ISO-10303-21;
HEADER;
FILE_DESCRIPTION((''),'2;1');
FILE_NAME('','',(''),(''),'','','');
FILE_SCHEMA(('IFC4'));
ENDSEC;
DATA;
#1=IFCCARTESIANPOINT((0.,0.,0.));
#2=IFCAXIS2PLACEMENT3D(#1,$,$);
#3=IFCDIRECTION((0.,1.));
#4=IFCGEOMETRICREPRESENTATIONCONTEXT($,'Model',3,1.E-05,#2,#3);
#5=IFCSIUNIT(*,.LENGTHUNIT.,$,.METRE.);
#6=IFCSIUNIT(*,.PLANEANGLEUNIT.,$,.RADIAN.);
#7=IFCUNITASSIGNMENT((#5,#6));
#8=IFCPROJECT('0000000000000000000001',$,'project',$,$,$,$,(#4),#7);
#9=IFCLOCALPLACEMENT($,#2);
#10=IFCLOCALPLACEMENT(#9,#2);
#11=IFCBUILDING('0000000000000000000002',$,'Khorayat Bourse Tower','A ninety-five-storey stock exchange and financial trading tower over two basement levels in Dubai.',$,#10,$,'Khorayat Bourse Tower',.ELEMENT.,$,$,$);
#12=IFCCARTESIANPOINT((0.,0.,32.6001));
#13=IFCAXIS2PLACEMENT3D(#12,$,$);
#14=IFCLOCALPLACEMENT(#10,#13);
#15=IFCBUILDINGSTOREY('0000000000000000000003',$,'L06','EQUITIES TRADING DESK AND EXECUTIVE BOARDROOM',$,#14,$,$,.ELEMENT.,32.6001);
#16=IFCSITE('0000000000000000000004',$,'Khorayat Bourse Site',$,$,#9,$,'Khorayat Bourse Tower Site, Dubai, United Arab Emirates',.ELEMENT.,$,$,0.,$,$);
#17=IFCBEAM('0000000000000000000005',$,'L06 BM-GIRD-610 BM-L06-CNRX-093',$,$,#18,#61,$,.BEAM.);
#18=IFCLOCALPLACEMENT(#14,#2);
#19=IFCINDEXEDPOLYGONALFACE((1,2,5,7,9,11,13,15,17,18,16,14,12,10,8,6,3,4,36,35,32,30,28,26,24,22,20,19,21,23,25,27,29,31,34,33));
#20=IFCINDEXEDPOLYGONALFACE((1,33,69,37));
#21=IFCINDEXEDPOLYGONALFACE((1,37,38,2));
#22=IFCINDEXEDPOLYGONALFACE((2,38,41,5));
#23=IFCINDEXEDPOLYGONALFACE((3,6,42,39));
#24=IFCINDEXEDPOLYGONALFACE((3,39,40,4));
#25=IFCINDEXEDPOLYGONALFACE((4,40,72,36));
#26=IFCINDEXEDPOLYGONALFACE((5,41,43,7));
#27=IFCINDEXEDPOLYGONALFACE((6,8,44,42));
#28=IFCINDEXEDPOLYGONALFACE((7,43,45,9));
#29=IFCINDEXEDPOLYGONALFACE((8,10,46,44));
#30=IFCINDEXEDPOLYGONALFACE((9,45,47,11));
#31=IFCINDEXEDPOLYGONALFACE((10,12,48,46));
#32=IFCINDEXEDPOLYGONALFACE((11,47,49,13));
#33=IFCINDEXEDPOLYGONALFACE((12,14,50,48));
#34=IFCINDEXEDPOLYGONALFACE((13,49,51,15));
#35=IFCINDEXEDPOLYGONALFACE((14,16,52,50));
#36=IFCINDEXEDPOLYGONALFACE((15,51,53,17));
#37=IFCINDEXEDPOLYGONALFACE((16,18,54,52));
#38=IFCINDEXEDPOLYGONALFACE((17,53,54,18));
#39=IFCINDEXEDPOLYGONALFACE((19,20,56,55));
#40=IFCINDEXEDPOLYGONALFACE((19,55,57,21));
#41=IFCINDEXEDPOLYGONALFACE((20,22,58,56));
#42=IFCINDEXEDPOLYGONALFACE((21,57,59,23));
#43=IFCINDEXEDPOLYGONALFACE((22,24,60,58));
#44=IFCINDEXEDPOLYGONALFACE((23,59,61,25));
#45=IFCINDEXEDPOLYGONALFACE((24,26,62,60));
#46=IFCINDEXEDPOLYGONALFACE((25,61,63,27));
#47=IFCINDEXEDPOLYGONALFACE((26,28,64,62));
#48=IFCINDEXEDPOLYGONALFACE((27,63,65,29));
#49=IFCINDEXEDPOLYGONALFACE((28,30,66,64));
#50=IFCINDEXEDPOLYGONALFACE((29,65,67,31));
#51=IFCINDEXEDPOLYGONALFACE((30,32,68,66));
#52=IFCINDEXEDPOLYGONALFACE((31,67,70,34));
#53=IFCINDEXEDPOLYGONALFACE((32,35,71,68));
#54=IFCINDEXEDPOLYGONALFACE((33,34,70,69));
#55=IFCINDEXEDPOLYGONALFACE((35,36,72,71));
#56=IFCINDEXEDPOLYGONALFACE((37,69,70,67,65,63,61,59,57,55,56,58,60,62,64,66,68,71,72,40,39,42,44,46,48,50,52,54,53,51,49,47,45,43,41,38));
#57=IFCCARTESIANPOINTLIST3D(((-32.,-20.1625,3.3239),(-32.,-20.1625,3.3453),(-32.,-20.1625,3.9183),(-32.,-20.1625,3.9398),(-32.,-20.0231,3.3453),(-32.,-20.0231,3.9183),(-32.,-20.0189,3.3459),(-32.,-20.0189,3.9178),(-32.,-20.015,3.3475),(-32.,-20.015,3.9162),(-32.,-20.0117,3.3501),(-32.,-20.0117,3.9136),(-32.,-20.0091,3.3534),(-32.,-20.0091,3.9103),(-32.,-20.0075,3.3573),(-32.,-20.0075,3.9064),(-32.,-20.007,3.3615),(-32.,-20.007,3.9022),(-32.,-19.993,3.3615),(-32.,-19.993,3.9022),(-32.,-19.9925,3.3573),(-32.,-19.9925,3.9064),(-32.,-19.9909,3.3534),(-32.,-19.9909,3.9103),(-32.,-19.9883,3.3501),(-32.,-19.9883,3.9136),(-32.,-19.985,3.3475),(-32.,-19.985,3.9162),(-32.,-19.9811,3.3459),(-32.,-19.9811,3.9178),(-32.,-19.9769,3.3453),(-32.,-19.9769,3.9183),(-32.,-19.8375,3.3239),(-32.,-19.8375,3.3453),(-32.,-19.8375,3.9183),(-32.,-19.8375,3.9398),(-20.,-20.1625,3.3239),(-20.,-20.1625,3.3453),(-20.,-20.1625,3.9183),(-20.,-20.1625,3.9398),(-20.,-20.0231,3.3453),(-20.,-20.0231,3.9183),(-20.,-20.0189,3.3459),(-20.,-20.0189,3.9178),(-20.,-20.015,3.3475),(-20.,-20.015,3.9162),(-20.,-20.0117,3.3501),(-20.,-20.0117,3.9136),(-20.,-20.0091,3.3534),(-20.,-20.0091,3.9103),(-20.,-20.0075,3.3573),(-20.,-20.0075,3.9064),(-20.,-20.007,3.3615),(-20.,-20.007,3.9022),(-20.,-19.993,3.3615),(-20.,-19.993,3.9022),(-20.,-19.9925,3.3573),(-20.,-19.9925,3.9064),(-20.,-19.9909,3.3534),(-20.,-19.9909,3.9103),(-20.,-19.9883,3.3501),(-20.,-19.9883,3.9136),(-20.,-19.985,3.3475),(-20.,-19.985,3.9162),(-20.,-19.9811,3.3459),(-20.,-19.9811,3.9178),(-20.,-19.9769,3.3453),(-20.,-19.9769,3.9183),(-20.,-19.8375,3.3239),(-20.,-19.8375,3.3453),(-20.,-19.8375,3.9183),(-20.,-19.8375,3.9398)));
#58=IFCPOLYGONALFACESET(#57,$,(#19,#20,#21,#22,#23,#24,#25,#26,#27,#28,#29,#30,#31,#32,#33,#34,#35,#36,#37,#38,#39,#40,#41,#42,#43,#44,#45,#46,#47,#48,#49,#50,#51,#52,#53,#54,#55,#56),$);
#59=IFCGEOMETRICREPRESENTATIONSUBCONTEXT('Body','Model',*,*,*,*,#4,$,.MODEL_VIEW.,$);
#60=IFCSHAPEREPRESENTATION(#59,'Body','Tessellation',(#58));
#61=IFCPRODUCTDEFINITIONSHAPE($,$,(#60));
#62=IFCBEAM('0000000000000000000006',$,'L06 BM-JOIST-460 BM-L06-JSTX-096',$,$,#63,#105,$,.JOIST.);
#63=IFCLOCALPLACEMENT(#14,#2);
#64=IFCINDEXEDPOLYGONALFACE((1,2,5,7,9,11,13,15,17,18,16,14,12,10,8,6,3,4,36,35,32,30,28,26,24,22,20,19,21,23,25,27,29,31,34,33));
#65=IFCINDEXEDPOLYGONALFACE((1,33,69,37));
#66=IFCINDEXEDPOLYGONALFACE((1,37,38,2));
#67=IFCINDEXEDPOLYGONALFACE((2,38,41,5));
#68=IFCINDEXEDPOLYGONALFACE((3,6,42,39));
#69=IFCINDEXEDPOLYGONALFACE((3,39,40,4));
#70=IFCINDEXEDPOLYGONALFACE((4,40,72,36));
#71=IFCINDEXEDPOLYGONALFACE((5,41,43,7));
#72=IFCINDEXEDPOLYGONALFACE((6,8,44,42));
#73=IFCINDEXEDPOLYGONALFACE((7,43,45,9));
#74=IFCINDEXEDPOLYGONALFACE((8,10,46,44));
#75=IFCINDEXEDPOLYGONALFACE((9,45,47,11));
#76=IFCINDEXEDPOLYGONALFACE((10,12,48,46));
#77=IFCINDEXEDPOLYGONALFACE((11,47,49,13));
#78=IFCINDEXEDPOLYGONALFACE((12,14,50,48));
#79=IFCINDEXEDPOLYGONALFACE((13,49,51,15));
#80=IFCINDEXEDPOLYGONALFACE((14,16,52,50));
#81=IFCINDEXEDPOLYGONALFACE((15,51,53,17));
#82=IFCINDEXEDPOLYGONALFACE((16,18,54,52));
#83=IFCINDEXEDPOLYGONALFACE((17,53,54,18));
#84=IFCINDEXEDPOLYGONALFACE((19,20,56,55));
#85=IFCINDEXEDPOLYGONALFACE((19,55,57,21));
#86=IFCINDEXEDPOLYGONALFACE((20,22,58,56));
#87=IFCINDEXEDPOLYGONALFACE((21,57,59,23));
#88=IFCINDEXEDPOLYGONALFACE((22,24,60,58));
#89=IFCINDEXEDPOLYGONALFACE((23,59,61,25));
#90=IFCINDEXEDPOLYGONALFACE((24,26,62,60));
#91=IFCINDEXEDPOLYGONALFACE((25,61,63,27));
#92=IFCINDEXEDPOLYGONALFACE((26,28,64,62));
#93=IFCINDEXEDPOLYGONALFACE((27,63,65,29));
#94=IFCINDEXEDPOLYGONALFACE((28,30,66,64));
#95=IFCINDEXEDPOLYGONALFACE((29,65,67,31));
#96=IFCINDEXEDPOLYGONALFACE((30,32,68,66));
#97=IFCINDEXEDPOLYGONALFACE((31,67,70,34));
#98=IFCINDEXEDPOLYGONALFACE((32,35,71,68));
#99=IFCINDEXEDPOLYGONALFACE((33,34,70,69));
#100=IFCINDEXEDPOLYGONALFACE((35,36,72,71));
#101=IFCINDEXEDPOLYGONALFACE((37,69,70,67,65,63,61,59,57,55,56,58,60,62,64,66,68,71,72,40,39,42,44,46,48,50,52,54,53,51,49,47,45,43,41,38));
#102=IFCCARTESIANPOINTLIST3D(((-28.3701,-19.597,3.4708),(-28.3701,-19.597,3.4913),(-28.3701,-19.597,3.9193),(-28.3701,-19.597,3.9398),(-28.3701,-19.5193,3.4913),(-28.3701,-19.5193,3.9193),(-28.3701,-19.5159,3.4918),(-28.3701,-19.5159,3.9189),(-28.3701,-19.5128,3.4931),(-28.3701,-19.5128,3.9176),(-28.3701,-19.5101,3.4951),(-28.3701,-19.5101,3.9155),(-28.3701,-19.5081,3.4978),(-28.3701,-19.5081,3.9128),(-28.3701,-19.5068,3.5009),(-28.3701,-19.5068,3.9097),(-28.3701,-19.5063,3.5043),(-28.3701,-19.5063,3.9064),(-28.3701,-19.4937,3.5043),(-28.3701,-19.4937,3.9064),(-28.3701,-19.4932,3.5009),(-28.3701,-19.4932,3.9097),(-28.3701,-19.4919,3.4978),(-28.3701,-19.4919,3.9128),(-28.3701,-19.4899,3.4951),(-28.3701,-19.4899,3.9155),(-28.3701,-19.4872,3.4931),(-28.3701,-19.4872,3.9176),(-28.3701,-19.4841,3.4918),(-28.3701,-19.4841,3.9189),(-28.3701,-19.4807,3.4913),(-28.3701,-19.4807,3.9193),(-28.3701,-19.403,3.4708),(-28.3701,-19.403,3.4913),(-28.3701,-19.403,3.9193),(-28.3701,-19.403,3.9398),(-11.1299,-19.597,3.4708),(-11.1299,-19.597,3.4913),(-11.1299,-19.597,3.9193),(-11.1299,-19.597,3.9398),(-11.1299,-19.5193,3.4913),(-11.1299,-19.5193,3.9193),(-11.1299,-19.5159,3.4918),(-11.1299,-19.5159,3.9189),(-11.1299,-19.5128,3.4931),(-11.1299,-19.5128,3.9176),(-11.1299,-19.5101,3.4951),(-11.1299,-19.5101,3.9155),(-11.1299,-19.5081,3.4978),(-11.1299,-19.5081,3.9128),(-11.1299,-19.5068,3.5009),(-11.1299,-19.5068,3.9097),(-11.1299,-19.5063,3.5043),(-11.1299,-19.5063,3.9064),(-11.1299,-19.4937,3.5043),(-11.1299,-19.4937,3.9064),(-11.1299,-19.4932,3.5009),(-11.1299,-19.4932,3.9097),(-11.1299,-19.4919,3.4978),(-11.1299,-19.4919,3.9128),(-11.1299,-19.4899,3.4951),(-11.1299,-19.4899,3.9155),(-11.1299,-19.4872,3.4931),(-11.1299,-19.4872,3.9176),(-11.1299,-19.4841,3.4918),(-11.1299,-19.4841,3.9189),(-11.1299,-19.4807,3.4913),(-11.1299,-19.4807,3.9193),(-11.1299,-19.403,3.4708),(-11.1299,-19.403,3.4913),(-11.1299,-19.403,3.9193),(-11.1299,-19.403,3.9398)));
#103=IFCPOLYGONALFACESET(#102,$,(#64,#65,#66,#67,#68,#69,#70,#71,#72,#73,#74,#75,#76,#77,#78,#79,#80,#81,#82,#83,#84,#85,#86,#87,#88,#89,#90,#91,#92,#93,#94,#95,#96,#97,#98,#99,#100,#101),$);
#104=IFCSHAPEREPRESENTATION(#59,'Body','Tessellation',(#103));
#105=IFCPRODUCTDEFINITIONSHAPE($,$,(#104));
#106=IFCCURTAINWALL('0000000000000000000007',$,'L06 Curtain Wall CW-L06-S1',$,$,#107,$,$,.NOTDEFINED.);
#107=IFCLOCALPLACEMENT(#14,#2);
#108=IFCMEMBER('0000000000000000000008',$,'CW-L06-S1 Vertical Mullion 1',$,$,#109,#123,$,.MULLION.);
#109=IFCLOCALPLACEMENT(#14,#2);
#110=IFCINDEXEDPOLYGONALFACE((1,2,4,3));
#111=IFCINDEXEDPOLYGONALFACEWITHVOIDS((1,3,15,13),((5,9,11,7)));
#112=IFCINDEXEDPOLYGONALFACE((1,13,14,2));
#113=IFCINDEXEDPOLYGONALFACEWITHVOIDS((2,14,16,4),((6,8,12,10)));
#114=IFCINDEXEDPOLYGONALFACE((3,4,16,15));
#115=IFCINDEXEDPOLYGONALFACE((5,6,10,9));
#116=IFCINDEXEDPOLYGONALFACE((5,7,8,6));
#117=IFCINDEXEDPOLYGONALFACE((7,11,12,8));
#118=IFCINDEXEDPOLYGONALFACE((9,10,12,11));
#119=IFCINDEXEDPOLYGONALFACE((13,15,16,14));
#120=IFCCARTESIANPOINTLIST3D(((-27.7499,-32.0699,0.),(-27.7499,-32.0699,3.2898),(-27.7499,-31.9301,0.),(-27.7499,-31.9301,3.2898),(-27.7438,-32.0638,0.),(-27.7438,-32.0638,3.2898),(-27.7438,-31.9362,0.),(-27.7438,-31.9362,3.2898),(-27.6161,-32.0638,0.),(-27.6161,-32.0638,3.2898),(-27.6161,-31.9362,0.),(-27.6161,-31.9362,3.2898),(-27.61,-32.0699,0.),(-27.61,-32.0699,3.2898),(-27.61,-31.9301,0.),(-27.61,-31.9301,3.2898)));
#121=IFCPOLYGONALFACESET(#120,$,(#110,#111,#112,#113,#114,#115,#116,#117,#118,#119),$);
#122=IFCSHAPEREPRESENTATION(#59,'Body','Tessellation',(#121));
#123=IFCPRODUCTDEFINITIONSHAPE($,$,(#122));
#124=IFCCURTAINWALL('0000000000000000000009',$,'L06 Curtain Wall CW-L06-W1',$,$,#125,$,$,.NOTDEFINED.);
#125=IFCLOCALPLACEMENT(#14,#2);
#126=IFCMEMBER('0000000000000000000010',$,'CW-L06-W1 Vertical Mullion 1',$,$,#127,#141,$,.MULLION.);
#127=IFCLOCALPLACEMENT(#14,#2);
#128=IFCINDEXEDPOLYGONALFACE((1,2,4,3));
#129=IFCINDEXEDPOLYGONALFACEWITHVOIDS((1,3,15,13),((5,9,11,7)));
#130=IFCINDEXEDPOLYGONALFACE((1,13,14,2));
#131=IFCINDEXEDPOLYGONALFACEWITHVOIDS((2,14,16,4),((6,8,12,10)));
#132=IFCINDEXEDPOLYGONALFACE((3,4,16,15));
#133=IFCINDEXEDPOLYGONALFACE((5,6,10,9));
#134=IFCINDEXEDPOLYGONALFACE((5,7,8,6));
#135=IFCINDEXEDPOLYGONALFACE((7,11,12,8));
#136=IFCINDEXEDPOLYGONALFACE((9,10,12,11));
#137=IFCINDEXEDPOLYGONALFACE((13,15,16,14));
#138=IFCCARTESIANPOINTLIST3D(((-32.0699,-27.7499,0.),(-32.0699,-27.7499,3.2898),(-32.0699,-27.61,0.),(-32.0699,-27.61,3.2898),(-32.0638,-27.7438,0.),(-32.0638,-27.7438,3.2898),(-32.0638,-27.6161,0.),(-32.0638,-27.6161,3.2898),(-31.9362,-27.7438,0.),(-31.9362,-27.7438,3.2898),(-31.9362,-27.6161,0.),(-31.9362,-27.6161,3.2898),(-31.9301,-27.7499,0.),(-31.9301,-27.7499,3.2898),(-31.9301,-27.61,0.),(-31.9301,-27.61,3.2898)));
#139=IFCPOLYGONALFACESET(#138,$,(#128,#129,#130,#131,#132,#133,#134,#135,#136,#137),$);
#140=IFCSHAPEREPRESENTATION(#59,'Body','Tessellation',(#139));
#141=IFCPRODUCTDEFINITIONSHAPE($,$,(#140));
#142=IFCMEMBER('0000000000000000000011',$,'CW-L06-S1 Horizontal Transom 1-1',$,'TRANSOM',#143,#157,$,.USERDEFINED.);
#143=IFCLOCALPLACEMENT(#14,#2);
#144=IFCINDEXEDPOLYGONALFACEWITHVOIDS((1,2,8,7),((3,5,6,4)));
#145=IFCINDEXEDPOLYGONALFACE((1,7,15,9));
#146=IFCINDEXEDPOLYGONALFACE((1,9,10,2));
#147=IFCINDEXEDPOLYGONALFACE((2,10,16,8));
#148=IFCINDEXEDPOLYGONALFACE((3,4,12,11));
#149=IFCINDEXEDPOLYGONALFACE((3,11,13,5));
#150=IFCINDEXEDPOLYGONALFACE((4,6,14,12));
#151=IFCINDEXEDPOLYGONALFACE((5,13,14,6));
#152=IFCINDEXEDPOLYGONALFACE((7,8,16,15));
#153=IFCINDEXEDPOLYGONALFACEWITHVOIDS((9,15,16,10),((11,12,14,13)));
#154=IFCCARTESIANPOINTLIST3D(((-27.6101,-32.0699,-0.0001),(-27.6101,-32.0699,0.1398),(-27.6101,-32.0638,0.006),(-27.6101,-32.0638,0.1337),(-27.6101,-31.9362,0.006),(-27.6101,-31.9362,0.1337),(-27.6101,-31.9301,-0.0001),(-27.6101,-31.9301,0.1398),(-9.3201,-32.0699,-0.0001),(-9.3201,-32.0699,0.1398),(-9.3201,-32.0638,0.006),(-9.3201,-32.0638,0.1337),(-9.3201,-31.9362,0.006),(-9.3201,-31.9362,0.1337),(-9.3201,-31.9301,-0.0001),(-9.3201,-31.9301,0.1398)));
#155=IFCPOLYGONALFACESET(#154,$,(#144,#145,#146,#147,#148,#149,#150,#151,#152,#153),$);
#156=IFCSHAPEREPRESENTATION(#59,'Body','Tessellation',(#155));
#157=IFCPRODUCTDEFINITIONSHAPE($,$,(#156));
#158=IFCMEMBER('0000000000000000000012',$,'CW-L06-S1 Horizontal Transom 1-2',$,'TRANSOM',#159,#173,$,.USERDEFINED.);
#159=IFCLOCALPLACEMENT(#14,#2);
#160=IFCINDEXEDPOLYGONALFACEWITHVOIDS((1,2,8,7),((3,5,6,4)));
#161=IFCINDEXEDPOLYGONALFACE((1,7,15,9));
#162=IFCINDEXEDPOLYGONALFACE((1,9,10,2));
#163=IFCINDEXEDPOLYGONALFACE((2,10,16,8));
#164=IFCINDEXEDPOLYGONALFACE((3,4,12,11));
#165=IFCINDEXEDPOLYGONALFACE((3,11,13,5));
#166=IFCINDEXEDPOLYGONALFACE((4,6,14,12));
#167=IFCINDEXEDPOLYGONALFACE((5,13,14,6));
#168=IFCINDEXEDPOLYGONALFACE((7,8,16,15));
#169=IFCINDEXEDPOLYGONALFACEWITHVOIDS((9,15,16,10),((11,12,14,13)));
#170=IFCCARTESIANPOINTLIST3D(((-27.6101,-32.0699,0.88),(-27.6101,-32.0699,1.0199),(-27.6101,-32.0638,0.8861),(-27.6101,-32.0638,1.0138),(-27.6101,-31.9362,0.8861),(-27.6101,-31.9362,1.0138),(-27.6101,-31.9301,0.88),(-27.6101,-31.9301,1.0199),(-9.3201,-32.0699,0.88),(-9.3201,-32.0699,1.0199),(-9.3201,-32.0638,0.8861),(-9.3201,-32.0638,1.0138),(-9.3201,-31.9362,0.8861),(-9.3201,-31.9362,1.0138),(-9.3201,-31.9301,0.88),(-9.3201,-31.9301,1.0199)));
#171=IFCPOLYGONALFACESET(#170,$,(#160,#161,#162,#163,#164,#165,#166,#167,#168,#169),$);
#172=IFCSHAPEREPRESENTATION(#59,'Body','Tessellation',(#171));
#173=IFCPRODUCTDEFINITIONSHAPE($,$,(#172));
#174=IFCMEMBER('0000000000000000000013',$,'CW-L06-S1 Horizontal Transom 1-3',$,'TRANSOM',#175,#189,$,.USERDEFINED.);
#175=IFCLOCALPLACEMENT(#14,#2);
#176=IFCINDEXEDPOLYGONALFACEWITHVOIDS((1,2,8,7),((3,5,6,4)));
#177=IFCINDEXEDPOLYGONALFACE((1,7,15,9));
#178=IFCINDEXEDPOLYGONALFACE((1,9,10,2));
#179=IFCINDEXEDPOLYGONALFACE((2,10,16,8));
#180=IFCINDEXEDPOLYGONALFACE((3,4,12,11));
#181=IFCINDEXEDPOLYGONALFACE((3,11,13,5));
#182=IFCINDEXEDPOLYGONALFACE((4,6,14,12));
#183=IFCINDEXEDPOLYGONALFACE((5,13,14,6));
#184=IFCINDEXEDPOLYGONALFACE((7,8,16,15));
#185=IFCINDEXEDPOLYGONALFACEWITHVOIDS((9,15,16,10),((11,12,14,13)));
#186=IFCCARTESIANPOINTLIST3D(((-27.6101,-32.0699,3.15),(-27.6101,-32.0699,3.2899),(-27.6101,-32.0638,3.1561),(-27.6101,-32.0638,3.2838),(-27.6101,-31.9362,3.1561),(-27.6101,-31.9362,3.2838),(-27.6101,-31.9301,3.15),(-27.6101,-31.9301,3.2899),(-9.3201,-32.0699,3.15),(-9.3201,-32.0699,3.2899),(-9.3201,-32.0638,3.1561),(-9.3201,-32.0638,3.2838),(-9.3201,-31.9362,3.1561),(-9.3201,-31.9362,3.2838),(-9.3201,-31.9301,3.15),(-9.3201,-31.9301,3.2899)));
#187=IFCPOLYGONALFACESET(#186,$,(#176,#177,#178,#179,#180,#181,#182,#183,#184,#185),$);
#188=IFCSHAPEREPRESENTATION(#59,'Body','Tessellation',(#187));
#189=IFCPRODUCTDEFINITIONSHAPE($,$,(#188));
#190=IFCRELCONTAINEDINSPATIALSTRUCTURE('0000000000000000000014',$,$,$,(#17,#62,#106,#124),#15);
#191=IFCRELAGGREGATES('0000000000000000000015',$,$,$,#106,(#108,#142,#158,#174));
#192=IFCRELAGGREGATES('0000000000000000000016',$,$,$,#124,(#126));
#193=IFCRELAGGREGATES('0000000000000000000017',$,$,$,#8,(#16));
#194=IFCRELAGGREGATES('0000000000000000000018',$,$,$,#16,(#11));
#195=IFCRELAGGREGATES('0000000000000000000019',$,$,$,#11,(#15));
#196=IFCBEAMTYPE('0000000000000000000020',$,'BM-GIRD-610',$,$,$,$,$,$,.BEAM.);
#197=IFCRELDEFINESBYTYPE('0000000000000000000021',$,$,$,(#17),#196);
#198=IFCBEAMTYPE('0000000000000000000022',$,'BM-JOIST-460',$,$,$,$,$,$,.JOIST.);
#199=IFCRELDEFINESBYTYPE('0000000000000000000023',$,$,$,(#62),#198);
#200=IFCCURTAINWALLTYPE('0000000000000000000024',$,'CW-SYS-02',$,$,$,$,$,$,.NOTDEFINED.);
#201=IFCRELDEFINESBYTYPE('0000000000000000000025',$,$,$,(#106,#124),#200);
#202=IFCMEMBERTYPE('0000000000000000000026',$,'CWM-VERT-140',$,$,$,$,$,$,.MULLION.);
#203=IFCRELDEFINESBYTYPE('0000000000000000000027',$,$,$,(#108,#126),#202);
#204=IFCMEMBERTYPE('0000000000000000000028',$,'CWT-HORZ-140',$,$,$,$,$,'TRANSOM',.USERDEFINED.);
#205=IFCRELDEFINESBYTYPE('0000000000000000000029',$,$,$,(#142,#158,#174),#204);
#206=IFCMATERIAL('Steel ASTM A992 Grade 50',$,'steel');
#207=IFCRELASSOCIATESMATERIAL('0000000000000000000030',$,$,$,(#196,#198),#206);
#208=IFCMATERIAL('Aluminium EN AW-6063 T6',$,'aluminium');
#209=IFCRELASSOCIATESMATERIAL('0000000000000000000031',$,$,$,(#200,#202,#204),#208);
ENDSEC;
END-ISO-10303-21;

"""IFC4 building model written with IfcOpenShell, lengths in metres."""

from ifc_helpers import new_model, si_unit, direction, frame, origin, origin_2d, place, context, subcontext, project, spatial, hollow_rectangle, i_section, extrude, source, transform, mapped, material, material_profile, profile_set, type_object, element, aggregate, save


model = new_model("IFC4")

# Units and contexts
model_context = context("Model", 3, precision=1e-05, world=origin(), true_north=direction((0.0, 1.0)))
body_context = subcontext(model_context, "Body", "Model", "MODEL_VIEW")
ifc_project = project(units=[si_unit("LENGTHUNIT", "METRE"), si_unit("PLANEANGLEUNIT", "RADIAN")], contexts=[model_context])

# Site, building, storey
site_placement = place(None, origin())
site = spatial("IfcSite", under=ifc_project, at=site_placement, Name="Khorayat Bourse Site", LongName="Khorayat Bourse Tower Site, Dubai, United Arab Emirates", CompositionType="ELEMENT", RefElevation=0.0)
building_placement = place(site_placement, origin())
building = spatial("IfcBuilding", under=site, at=building_placement, Name="Khorayat Bourse Tower", Description="A ninety-five-storey stock exchange and financial trading tower over two basement levels in Dubai.", LongName="Khorayat Bourse Tower", CompositionType="ELEMENT")
storey_placement = place(building_placement, frame((0.0, 0.0, 32.6001)))
storey = spatial("IfcBuildingStorey", under=building, at=storey_placement, Name="L06", Description="EQUITIES TRADING DESK AND EXECUTIVE BOARDROOM", CompositionType="ELEMENT", Elevation=32.6001)

# Beams
ifc_material_1 = material(Name="Steel ASTM A992 Grade 50", Category="steel")
ifc_material_profile_1 = material_profile(ifc_material_1, i_section(OverallWidth=0.325, OverallDepth=0.616, WebThickness=0.0139, FlangeThickness=0.0215, FilletRadius=0.0161, at=origin_2d()), Name="W610X174")
ifc_profile_set_1 = profile_set([ifc_material_profile_1], Name="Steel ASTM A992 Grade 50")
beam_type_1 = type_object("IfcBeamType", Name="BM-GIRD-610", PredefinedType="BEAM", material=ifc_profile_set_1)
shared_shape_1 = source(origin(), body_context, "Body", "SweptSolid", [
    extrude(i_section(OverallWidth=0.325, OverallDepth=0.616, WebThickness=0.0139, FlangeThickness=0.0215, FilletRadius=0.0161, at=origin_2d()), origin(), (0.0, 0.0, 1.0), 12.0),
])
beam_1_placement = place(storey_placement, frame((-32.0, -20.0, 3.6318), z_axis=(1.0, 0.0, 0.0), x_axis=(0.0, 1.0, 0.0)))
element("IfcBeam", 1, at=beam_1_placement, inside=storey, type_object=beam_type_1, Name="L06 BM-GIRD-610 BM-L06-CNRX-093", PredefinedType="BEAM", context=body_context, shape_type="MappedRepresentation", body=[
    mapped(shared_shape_1, transform((0.0, 0.0, 0.0), scale=1.0)),
])
ifc_material_profile_2 = material_profile(ifc_material_1, i_section(OverallWidth=0.1941, OverallDepth=0.469, WebThickness=0.0127, FlangeThickness=0.0205, FilletRadius=0.0129, at=origin_2d()), Name="W460X106")
ifc_profile_set_2 = profile_set([ifc_material_profile_2], Name="Steel ASTM A992 Grade 50")
beam_type_2 = type_object("IfcBeamType", Name="BM-JOIST-460", PredefinedType="JOIST", material=ifc_profile_set_2)
shared_shape_2 = source(origin(), body_context, "Body", "SweptSolid", [
    extrude(i_section(OverallWidth=0.1941, OverallDepth=0.469, WebThickness=0.0127, FlangeThickness=0.0205, FilletRadius=0.0129, at=origin_2d()), origin(), (0.0, 0.0, 1.0), 17.2402),
])
beam_2_placement = place(storey_placement, frame((-28.3701, -19.5, 3.7053), z_axis=(1.0, 0.0, 0.0), x_axis=(0.0, 1.0, 0.0)))
element("IfcBeam", 2, at=beam_2_placement, inside=storey, type_object=beam_type_2, Name="L06 BM-JOIST-460 BM-L06-JSTX-096", PredefinedType="JOIST", context=body_context, shape_type="MappedRepresentation", body=[
    mapped(shared_shape_2, transform((0.0, 0.0, 0.0), scale=1.0)),
])

# Curtain walls, members
ifc_material_2 = material(Name="Aluminium EN AW-6063 T6", Category="aluminium")
curtain_wall_type = type_object("IfcCurtainWallType", Name="CW-SYS-02", PredefinedType="NOTDEFINED", material=ifc_material_2)
curtain_wall_1_placement = place(storey_placement, origin())
curtain_wall_1 = element("IfcCurtainWall", 3, at=curtain_wall_1_placement, inside=storey, type_object=curtain_wall_type, Name="L06 Curtain Wall CW-L06-S1", PredefinedType="NOTDEFINED")
ifc_material_profile_3 = material_profile(ifc_material_2, hollow_rectangle(XDim=0.1399, YDim=0.1399, WallThickness=0.0061, at=origin_2d()), Name="ALU 140x140x6")
ifc_profile_set_3 = profile_set([ifc_material_profile_3], Name="Aluminium EN AW-6063 T6")
member_type_1 = type_object("IfcMemberType", Name="CWM-VERT-140", PredefinedType="MULLION", material=ifc_profile_set_3)
shared_shape_3 = source(origin(), body_context, "Body", "SweptSolid", [
    extrude(hollow_rectangle(XDim=0.1399, YDim=0.1399, WallThickness=0.0061, at=origin_2d()), origin(), (0.0, 0.0, 1.0), 3.2898),
])
member_1_placement = place(storey_placement, frame((-27.6799, -32.0, 0.0), z_axis=(0.0, 0.0, 1.0), x_axis=(0.0, 1.0, 0.0)))
member_1 = element("IfcMember", 4, at=member_1_placement, type_object=member_type_1, Name="CW-L06-S1 Vertical Mullion 1", PredefinedType="MULLION", context=body_context, shape_type="MappedRepresentation", body=[
    mapped(shared_shape_3, transform((0.0, 0.0, 0.0), scale=1.0)),
])
curtain_wall_2_placement = place(storey_placement, origin())
curtain_wall_2 = element("IfcCurtainWall", 5, at=curtain_wall_2_placement, inside=storey, type_object=curtain_wall_type, Name="L06 Curtain Wall CW-L06-W1", PredefinedType="NOTDEFINED")
member_2_placement = place(storey_placement, frame((-32.0, -27.6799, 0.0), z_axis=(0.0, 0.0, 1.0), x_axis=(-1.0, 0.0, 0.0)))
member_2 = element("IfcMember", 6, at=member_2_placement, type_object=member_type_1, Name="CW-L06-W1 Vertical Mullion 1", PredefinedType="MULLION", context=body_context, shape_type="MappedRepresentation", body=[
    mapped(shared_shape_3, transform((0.0, 0.0, 0.0), scale=1.0)),
])

# Members
ifc_material_profile_4 = material_profile(ifc_material_2, hollow_rectangle(XDim=0.1399, YDim=0.1399, WallThickness=0.0061, at=origin_2d()), Name="ALU 140x140x6")
ifc_profile_set_4 = profile_set([ifc_material_profile_4], Name="Aluminium EN AW-6063 T6")
member_type_2 = type_object("IfcMemberType", Name="CWT-HORZ-140", ElementType="TRANSOM", PredefinedType="USERDEFINED", material=ifc_profile_set_4)
shared_shape_4 = source(origin(), body_context, "Body", "SweptSolid", [
    extrude(hollow_rectangle(XDim=0.1399, YDim=0.1399, WallThickness=0.0061, at=origin_2d()), origin(), (0.0, 0.0, 1.0), 18.29),
])
member_3_placement = place(storey_placement, frame((-27.6101, -32.0, 0.0698), z_axis=(1.0, 0.0, 0.0), x_axis=(0.0, 1.0, 0.0)))
member_3 = element("IfcMember", 7, at=member_3_placement, type_object=member_type_2, Name="CW-L06-S1 Horizontal Transom 1-1", ObjectType="TRANSOM", PredefinedType="USERDEFINED", context=body_context, shape_type="MappedRepresentation", body=[
    mapped(shared_shape_4, transform((0.0, 0.0, 0.0), scale=1.0)),
])
member_4_placement = place(storey_placement, frame((-27.6101, -32.0, 0.95), z_axis=(1.0, 0.0, 0.0), x_axis=(0.0, 1.0, 0.0)))
member_4 = element("IfcMember", 8, at=member_4_placement, type_object=member_type_2, Name="CW-L06-S1 Horizontal Transom 1-2", ObjectType="TRANSOM", PredefinedType="USERDEFINED", context=body_context, shape_type="MappedRepresentation", body=[
    mapped(shared_shape_4, transform((0.0, 0.0, 0.0), scale=1.0)),
])
member_5_placement = place(storey_placement, frame((-27.6101, -32.0, 3.22), z_axis=(1.0, 0.0, 0.0), x_axis=(0.0, 1.0, 0.0)))
member_5 = element("IfcMember", 9, at=member_5_placement, type_object=member_type_2, Name="CW-L06-S1 Horizontal Transom 1-3", ObjectType="TRANSOM", PredefinedType="USERDEFINED", context=body_context, shape_type="MappedRepresentation", body=[
    mapped(shared_shape_4, transform((0.0, 0.0, 0.0), scale=1.0)),
])
aggregate(curtain_wall_1, [member_1, member_3, member_4, member_5])
aggregate(curtain_wall_2, [member_2])

save(model, "model.ifc")
